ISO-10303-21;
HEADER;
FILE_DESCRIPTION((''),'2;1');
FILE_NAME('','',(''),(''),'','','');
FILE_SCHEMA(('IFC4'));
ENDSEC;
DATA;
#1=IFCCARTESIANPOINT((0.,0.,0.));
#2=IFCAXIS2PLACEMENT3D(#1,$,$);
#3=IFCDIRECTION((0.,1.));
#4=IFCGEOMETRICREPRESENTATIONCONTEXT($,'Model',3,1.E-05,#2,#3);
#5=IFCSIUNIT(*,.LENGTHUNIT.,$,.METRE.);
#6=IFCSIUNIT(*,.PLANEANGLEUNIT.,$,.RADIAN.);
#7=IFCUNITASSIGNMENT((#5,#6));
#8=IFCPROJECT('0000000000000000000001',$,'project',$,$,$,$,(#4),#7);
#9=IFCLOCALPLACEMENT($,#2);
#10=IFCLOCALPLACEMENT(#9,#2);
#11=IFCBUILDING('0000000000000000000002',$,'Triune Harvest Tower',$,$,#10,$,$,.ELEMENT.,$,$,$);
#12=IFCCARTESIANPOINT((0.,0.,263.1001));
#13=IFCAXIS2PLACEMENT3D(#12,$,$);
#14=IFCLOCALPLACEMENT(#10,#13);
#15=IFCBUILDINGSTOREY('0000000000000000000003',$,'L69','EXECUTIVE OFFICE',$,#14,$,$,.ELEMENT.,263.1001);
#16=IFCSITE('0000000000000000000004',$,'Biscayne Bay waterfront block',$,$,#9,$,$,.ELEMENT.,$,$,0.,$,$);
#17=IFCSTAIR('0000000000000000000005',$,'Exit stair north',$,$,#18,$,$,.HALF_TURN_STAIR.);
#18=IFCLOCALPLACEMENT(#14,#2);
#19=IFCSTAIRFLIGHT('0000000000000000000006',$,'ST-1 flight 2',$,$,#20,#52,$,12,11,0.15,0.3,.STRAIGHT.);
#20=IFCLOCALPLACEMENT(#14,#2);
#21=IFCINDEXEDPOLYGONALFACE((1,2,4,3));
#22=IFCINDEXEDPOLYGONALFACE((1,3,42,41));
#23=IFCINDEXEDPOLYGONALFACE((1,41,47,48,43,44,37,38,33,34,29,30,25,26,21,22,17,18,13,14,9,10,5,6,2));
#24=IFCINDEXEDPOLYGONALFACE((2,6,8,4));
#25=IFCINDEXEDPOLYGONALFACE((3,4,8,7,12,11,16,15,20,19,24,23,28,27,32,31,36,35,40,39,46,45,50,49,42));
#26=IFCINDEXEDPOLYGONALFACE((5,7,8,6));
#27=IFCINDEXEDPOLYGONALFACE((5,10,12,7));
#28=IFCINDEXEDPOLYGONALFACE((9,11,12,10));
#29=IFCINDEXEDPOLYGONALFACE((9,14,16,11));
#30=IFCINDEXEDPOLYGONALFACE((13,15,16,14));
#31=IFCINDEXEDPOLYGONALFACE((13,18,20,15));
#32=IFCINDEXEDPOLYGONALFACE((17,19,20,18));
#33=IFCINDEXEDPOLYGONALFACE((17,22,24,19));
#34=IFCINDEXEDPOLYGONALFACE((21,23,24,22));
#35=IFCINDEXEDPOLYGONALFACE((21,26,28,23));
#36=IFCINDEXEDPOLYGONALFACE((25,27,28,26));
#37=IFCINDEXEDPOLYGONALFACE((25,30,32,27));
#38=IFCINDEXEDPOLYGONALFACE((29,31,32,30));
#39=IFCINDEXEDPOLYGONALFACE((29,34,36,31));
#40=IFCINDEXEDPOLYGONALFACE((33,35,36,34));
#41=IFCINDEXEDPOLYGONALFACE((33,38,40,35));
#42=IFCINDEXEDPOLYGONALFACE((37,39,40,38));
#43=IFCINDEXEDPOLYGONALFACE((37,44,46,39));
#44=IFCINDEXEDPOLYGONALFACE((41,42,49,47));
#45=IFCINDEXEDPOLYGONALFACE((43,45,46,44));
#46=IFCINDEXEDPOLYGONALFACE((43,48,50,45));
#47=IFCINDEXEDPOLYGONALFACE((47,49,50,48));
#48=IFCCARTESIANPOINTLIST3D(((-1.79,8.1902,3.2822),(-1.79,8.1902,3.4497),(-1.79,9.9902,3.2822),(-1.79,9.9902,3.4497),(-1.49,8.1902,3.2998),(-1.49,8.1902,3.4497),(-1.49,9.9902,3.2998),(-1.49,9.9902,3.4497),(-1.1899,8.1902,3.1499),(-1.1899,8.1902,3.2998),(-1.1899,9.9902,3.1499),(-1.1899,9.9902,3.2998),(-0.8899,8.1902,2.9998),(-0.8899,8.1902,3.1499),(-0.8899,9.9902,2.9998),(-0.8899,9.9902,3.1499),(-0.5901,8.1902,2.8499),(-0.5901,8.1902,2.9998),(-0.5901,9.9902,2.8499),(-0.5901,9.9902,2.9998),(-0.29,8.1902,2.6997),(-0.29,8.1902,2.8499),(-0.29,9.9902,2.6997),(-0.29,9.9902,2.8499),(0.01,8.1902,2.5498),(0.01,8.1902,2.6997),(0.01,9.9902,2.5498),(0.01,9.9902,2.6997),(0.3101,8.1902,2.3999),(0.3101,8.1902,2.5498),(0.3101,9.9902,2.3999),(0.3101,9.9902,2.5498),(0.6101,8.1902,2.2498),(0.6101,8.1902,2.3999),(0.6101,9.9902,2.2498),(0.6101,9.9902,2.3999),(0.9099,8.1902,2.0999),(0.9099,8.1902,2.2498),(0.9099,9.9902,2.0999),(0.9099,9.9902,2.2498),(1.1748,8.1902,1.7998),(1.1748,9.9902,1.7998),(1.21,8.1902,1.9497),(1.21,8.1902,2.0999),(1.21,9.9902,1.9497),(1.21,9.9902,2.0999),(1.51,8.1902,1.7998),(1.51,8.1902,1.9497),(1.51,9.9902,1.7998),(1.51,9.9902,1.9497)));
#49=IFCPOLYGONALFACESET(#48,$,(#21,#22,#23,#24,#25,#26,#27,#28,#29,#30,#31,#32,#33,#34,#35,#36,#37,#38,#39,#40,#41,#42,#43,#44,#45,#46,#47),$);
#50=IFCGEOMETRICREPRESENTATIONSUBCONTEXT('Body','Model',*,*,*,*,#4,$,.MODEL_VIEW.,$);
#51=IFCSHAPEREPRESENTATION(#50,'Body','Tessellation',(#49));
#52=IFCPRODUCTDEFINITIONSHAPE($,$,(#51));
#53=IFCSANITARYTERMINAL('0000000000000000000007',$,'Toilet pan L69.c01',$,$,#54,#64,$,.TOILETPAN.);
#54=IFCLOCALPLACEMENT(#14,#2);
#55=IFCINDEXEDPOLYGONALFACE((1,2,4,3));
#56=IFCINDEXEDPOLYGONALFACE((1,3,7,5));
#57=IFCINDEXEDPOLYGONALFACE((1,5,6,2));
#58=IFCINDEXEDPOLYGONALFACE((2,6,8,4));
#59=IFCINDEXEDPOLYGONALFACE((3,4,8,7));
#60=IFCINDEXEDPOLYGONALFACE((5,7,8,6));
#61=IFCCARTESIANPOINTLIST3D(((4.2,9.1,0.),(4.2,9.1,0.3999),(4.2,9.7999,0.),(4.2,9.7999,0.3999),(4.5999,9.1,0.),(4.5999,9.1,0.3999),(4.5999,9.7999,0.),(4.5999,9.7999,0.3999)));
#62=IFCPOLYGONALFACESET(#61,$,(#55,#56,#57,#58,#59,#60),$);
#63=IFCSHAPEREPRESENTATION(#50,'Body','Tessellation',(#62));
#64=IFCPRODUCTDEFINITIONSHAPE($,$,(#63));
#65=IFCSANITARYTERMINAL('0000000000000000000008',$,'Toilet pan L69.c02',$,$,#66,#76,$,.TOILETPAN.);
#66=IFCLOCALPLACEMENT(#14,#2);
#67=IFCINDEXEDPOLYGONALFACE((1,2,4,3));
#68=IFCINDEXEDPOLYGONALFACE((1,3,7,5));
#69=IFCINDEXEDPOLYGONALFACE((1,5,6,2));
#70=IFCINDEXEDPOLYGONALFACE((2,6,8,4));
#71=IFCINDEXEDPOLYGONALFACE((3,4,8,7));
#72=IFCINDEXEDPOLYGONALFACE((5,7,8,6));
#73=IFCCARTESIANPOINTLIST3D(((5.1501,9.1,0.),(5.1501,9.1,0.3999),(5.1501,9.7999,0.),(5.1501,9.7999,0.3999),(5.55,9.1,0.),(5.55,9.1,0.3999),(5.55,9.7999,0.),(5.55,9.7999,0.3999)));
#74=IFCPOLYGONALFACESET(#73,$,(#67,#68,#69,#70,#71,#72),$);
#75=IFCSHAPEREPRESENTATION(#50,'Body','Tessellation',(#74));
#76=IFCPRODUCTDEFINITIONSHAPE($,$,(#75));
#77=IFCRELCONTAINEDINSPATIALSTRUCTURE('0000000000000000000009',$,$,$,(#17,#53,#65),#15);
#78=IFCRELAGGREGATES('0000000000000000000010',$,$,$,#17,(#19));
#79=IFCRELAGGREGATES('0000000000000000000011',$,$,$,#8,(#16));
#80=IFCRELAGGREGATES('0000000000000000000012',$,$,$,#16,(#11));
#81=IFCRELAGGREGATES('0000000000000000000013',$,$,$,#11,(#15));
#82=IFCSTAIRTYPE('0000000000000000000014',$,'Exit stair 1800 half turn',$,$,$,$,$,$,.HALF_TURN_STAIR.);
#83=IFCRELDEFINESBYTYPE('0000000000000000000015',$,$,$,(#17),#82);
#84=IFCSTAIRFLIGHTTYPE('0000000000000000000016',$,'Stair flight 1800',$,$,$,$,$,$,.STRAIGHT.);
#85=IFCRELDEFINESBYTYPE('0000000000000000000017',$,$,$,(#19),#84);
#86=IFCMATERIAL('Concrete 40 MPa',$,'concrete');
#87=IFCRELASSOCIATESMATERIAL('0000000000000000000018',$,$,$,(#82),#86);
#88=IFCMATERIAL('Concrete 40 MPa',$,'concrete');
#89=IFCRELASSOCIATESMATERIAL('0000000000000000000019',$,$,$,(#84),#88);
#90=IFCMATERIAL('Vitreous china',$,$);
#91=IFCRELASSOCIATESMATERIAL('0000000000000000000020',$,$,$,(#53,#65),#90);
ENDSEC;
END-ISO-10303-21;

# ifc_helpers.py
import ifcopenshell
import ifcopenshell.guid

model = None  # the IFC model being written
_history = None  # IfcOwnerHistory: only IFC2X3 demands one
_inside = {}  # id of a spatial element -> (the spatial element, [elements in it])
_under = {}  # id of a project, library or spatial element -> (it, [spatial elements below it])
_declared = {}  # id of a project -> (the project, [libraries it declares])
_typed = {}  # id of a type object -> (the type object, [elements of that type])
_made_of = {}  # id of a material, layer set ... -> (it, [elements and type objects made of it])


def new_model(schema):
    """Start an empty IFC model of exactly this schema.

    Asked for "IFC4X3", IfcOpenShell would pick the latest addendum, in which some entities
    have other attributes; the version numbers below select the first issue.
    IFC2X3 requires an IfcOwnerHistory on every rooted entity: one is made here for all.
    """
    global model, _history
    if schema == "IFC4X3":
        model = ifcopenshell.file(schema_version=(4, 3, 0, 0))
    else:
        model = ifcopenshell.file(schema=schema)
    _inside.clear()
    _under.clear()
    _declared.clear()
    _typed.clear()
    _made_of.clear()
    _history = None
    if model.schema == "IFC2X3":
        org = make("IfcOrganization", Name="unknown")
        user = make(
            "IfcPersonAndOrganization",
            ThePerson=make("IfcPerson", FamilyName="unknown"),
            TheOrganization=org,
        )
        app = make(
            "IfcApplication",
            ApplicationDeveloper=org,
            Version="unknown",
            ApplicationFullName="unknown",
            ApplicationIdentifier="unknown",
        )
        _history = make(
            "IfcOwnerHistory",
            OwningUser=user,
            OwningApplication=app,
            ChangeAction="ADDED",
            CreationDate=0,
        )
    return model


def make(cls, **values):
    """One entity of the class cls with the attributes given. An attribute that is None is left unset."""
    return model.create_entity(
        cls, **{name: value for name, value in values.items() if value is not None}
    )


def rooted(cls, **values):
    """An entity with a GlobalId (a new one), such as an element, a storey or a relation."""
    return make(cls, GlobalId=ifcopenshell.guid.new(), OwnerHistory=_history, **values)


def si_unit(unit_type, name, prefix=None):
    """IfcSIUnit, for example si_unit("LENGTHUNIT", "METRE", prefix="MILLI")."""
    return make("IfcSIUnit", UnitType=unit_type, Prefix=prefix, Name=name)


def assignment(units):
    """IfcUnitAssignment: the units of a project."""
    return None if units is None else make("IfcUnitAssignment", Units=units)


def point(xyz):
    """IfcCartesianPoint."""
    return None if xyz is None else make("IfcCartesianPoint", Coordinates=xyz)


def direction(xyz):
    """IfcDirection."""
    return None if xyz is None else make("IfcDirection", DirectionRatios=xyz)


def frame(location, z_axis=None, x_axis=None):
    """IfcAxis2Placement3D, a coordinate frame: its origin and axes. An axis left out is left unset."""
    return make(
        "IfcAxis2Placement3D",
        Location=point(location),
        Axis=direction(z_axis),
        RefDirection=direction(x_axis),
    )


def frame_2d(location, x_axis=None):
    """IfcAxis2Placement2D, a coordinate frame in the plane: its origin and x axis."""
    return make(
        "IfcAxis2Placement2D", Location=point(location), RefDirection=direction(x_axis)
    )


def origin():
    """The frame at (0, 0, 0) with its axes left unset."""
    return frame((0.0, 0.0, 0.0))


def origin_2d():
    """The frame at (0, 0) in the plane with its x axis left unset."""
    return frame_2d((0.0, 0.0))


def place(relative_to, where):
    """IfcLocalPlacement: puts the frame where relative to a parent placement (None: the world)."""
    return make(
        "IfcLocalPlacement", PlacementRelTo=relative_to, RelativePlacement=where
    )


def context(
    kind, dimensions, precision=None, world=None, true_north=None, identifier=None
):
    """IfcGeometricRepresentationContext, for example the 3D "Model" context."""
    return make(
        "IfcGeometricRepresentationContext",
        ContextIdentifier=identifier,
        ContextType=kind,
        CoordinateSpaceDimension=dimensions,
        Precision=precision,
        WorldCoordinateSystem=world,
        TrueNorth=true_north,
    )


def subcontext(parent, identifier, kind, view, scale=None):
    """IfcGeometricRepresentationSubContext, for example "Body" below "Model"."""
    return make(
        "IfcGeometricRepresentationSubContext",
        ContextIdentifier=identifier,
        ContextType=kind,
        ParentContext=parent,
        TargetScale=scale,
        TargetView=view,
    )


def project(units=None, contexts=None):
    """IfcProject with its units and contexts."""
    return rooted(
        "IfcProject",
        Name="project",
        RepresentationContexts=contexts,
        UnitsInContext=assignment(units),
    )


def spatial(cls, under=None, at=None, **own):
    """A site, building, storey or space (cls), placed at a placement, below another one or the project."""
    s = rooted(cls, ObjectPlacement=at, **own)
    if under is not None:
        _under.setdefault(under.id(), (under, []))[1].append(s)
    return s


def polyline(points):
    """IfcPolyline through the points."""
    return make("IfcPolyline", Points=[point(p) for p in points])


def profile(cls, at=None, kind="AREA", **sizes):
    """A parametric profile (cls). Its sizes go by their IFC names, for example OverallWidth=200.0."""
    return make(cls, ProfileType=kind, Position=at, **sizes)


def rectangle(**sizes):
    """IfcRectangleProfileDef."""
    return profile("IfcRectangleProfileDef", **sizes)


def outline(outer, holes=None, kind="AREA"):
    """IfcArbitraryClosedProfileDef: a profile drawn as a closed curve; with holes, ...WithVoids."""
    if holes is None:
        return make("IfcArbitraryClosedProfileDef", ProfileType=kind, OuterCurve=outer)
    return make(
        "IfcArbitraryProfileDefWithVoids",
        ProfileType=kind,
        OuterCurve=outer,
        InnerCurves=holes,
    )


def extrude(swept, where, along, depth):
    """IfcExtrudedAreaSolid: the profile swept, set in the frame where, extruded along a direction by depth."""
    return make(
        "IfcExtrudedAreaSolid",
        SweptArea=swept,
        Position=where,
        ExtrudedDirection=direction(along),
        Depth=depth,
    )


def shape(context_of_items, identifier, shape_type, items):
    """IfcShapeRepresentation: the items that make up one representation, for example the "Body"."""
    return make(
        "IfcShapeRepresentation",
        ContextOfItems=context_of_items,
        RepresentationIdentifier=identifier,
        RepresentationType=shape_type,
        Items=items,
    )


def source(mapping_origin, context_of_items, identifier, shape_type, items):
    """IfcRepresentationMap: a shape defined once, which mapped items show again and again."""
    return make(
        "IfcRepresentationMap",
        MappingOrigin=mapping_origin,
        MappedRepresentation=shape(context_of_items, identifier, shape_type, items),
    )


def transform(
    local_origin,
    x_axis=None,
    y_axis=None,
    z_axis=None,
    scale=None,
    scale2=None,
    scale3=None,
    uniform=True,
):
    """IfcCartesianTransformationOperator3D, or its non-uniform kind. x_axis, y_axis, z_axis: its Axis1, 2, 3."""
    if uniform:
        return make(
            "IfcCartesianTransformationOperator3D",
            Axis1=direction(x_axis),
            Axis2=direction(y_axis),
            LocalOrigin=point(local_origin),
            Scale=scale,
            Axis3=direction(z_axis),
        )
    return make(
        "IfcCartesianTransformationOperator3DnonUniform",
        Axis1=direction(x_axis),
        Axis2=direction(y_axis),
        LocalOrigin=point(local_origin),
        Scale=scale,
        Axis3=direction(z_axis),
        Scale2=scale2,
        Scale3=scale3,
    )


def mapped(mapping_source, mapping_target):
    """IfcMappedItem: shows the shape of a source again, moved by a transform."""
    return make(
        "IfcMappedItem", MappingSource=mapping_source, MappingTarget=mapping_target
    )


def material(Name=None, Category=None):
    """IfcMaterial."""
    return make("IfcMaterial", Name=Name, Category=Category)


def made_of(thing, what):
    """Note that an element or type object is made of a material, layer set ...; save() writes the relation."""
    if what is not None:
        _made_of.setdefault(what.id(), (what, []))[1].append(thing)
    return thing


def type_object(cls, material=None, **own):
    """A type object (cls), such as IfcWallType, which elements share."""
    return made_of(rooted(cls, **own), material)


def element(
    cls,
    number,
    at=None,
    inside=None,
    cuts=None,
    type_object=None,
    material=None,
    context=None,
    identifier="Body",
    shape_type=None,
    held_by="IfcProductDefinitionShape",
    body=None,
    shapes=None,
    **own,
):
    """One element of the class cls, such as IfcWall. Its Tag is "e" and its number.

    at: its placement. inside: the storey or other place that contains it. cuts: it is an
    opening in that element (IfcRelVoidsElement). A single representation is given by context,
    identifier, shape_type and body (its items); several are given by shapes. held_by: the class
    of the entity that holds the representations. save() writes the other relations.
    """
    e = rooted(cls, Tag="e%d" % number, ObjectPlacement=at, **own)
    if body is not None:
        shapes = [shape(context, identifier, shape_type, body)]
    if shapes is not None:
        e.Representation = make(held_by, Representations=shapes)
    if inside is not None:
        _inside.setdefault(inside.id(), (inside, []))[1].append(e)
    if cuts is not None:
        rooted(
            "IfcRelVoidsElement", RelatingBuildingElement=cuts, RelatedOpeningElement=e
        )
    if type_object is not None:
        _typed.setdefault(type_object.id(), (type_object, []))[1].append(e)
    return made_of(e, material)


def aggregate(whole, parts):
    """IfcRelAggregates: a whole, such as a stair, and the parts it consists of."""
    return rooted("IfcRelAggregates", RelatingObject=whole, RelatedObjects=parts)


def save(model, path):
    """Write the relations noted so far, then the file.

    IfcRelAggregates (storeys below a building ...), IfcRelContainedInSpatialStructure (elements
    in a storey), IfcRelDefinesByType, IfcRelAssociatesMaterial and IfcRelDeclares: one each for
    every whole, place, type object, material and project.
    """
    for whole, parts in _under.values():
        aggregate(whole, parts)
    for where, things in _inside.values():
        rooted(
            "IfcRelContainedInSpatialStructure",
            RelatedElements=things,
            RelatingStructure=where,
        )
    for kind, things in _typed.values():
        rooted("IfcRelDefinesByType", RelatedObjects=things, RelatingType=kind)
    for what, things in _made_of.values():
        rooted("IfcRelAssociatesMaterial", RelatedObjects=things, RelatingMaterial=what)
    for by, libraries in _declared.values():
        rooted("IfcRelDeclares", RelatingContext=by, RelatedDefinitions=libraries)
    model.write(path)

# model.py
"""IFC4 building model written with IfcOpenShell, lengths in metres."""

from ifc_helpers import new_model, si_unit, direction, frame, origin, origin_2d, place, context, subcontext, project, spatial, polyline, rectangle, outline, extrude, source, transform, mapped, material, type_object, element, aggregate, save


model = new_model("IFC4")

# Units and contexts
model_context = context("Model", 3, precision=1e-05, world=origin(), true_north=direction((0.0, 1.0)))
body_context = subcontext(model_context, "Body", "Model", "MODEL_VIEW")
ifc_project = project(units=[si_unit("LENGTHUNIT", "METRE"), si_unit("PLANEANGLEUNIT", "RADIAN")], contexts=[model_context])

# Site, building, storey
site_placement = place(None, origin())
site = spatial("IfcSite", under=ifc_project, at=site_placement, Name="Biscayne Bay waterfront block", CompositionType="ELEMENT", RefElevation=0.0)
building_placement = place(site_placement, origin())
building = spatial("IfcBuilding", under=site, at=building_placement, Name="Triune Harvest Tower", CompositionType="ELEMENT")
storey_placement = place(building_placement, frame((0.0, 0.0, 263.1001)))
storey = spatial("IfcBuildingStorey", under=building, at=storey_placement, Name="L69", Description="EXECUTIVE OFFICE", CompositionType="ELEMENT", Elevation=263.1001)

# Stair, stair flight
ifc_material_1 = material(Name="Concrete 40 MPa", Category="concrete")
stair_type = type_object("IfcStairType", Name="Exit stair 1800 half turn", PredefinedType="HALF_TURN_STAIR", material=ifc_material_1)
stair_placement = place(storey_placement, origin())
stair = element("IfcStair", 1, at=stair_placement, inside=storey, type_object=stair_type, Name="Exit stair north", PredefinedType="HALF_TURN_STAIR")
ifc_material_2 = material(Name="Concrete 40 MPa", Category="concrete")
stair_flight_type = type_object("IfcStairFlightType", Name="Stair flight 1800", PredefinedType="STRAIGHT", material=ifc_material_2)
shared_shape_1 = source(origin(), body_context, "Body", "SweptSolid", [
    extrude(outline(polyline([(0.0, 0.0), (0.0, 0.1499), (0.3, 0.1499), (0.3, 0.3), (0.6001, 0.3), (0.6001, 0.45), (0.8999, 0.45), (0.8999, 0.6001), (1.2, 0.6001), (1.2, 0.75), (1.5, 0.75), (1.5, 0.8999), (1.8, 0.8999), (1.8, 1.05), (2.1001, 1.05), (2.1001, 1.2), (2.3999, 1.2), (2.3999, 1.3501), (2.7, 1.3501), (2.7, 1.5), (3.0, 1.5), (3.0, 1.6499), (3.3, 1.6499), (3.3, 1.8), (3.3, 1.4824), (0.3352, 0.0), (0.0, 0.0)])), frame((0.0, 0.8999, 0.0), z_axis=(0.0, -1.0, 0.0), x_axis=(1.0, 0.0, 0.0)), (0.0, 0.0, 1.0), 1.8),
])
stair_flight_placement = place(storey_placement, frame((1.51, 9.0901, 1.7998), z_axis=(0.0, 0.0, 1.0), x_axis=(-1.0, 0.0, 0.0)))
stair_flight = element("IfcStairFlight", 2, at=stair_flight_placement, type_object=stair_flight_type, Name="ST-1 flight 2", NumberOfRisers=12, NumberOfTreads=11, PredefinedType="STRAIGHT", RiserHeight=0.15, TreadLength=0.3, context=body_context, shape_type="MappedRepresentation", body=[
    mapped(shared_shape_1, transform((0.0, 0.0, 0.0), scale=1.0)),
])
aggregate(stair, [stair_flight])

# Sanitary terminals
ifc_material_3 = material(Name="Vitreous china")
shared_shape_2 = source(origin(), body_context, "Body", "SweptSolid", [
    extrude(rectangle(XDim=0.3999, YDim=0.7, at=origin_2d()), origin(), (0.0, 0.0, 1.0), 0.3999),
])
for number, where, z_axis, x_axis, name in (
    (3, (4.3999, 9.45, 0.0), (0.0, 0.0, 1.0), (1.0, 0.0, 0.0), "Toilet pan L69.c01"),
    (4, (5.3501, 9.45, 0.0), (0.0, 0.0, 1.0), (1.0, 0.0, 0.0), "Toilet pan L69.c02"),
):
    element("IfcSanitaryTerminal", number, at=place(storey_placement, frame(where, z_axis=z_axis, x_axis=x_axis)), inside=storey, material=ifc_material_3, Name=name, PredefinedType="TOILETPAN", context=body_context, shape_type="MappedRepresentation", body=[
        mapped(shared_shape_2, transform((0.0, 0.0, 0.0), scale=1.0)),
    ])

save(model, "model.ifc")
